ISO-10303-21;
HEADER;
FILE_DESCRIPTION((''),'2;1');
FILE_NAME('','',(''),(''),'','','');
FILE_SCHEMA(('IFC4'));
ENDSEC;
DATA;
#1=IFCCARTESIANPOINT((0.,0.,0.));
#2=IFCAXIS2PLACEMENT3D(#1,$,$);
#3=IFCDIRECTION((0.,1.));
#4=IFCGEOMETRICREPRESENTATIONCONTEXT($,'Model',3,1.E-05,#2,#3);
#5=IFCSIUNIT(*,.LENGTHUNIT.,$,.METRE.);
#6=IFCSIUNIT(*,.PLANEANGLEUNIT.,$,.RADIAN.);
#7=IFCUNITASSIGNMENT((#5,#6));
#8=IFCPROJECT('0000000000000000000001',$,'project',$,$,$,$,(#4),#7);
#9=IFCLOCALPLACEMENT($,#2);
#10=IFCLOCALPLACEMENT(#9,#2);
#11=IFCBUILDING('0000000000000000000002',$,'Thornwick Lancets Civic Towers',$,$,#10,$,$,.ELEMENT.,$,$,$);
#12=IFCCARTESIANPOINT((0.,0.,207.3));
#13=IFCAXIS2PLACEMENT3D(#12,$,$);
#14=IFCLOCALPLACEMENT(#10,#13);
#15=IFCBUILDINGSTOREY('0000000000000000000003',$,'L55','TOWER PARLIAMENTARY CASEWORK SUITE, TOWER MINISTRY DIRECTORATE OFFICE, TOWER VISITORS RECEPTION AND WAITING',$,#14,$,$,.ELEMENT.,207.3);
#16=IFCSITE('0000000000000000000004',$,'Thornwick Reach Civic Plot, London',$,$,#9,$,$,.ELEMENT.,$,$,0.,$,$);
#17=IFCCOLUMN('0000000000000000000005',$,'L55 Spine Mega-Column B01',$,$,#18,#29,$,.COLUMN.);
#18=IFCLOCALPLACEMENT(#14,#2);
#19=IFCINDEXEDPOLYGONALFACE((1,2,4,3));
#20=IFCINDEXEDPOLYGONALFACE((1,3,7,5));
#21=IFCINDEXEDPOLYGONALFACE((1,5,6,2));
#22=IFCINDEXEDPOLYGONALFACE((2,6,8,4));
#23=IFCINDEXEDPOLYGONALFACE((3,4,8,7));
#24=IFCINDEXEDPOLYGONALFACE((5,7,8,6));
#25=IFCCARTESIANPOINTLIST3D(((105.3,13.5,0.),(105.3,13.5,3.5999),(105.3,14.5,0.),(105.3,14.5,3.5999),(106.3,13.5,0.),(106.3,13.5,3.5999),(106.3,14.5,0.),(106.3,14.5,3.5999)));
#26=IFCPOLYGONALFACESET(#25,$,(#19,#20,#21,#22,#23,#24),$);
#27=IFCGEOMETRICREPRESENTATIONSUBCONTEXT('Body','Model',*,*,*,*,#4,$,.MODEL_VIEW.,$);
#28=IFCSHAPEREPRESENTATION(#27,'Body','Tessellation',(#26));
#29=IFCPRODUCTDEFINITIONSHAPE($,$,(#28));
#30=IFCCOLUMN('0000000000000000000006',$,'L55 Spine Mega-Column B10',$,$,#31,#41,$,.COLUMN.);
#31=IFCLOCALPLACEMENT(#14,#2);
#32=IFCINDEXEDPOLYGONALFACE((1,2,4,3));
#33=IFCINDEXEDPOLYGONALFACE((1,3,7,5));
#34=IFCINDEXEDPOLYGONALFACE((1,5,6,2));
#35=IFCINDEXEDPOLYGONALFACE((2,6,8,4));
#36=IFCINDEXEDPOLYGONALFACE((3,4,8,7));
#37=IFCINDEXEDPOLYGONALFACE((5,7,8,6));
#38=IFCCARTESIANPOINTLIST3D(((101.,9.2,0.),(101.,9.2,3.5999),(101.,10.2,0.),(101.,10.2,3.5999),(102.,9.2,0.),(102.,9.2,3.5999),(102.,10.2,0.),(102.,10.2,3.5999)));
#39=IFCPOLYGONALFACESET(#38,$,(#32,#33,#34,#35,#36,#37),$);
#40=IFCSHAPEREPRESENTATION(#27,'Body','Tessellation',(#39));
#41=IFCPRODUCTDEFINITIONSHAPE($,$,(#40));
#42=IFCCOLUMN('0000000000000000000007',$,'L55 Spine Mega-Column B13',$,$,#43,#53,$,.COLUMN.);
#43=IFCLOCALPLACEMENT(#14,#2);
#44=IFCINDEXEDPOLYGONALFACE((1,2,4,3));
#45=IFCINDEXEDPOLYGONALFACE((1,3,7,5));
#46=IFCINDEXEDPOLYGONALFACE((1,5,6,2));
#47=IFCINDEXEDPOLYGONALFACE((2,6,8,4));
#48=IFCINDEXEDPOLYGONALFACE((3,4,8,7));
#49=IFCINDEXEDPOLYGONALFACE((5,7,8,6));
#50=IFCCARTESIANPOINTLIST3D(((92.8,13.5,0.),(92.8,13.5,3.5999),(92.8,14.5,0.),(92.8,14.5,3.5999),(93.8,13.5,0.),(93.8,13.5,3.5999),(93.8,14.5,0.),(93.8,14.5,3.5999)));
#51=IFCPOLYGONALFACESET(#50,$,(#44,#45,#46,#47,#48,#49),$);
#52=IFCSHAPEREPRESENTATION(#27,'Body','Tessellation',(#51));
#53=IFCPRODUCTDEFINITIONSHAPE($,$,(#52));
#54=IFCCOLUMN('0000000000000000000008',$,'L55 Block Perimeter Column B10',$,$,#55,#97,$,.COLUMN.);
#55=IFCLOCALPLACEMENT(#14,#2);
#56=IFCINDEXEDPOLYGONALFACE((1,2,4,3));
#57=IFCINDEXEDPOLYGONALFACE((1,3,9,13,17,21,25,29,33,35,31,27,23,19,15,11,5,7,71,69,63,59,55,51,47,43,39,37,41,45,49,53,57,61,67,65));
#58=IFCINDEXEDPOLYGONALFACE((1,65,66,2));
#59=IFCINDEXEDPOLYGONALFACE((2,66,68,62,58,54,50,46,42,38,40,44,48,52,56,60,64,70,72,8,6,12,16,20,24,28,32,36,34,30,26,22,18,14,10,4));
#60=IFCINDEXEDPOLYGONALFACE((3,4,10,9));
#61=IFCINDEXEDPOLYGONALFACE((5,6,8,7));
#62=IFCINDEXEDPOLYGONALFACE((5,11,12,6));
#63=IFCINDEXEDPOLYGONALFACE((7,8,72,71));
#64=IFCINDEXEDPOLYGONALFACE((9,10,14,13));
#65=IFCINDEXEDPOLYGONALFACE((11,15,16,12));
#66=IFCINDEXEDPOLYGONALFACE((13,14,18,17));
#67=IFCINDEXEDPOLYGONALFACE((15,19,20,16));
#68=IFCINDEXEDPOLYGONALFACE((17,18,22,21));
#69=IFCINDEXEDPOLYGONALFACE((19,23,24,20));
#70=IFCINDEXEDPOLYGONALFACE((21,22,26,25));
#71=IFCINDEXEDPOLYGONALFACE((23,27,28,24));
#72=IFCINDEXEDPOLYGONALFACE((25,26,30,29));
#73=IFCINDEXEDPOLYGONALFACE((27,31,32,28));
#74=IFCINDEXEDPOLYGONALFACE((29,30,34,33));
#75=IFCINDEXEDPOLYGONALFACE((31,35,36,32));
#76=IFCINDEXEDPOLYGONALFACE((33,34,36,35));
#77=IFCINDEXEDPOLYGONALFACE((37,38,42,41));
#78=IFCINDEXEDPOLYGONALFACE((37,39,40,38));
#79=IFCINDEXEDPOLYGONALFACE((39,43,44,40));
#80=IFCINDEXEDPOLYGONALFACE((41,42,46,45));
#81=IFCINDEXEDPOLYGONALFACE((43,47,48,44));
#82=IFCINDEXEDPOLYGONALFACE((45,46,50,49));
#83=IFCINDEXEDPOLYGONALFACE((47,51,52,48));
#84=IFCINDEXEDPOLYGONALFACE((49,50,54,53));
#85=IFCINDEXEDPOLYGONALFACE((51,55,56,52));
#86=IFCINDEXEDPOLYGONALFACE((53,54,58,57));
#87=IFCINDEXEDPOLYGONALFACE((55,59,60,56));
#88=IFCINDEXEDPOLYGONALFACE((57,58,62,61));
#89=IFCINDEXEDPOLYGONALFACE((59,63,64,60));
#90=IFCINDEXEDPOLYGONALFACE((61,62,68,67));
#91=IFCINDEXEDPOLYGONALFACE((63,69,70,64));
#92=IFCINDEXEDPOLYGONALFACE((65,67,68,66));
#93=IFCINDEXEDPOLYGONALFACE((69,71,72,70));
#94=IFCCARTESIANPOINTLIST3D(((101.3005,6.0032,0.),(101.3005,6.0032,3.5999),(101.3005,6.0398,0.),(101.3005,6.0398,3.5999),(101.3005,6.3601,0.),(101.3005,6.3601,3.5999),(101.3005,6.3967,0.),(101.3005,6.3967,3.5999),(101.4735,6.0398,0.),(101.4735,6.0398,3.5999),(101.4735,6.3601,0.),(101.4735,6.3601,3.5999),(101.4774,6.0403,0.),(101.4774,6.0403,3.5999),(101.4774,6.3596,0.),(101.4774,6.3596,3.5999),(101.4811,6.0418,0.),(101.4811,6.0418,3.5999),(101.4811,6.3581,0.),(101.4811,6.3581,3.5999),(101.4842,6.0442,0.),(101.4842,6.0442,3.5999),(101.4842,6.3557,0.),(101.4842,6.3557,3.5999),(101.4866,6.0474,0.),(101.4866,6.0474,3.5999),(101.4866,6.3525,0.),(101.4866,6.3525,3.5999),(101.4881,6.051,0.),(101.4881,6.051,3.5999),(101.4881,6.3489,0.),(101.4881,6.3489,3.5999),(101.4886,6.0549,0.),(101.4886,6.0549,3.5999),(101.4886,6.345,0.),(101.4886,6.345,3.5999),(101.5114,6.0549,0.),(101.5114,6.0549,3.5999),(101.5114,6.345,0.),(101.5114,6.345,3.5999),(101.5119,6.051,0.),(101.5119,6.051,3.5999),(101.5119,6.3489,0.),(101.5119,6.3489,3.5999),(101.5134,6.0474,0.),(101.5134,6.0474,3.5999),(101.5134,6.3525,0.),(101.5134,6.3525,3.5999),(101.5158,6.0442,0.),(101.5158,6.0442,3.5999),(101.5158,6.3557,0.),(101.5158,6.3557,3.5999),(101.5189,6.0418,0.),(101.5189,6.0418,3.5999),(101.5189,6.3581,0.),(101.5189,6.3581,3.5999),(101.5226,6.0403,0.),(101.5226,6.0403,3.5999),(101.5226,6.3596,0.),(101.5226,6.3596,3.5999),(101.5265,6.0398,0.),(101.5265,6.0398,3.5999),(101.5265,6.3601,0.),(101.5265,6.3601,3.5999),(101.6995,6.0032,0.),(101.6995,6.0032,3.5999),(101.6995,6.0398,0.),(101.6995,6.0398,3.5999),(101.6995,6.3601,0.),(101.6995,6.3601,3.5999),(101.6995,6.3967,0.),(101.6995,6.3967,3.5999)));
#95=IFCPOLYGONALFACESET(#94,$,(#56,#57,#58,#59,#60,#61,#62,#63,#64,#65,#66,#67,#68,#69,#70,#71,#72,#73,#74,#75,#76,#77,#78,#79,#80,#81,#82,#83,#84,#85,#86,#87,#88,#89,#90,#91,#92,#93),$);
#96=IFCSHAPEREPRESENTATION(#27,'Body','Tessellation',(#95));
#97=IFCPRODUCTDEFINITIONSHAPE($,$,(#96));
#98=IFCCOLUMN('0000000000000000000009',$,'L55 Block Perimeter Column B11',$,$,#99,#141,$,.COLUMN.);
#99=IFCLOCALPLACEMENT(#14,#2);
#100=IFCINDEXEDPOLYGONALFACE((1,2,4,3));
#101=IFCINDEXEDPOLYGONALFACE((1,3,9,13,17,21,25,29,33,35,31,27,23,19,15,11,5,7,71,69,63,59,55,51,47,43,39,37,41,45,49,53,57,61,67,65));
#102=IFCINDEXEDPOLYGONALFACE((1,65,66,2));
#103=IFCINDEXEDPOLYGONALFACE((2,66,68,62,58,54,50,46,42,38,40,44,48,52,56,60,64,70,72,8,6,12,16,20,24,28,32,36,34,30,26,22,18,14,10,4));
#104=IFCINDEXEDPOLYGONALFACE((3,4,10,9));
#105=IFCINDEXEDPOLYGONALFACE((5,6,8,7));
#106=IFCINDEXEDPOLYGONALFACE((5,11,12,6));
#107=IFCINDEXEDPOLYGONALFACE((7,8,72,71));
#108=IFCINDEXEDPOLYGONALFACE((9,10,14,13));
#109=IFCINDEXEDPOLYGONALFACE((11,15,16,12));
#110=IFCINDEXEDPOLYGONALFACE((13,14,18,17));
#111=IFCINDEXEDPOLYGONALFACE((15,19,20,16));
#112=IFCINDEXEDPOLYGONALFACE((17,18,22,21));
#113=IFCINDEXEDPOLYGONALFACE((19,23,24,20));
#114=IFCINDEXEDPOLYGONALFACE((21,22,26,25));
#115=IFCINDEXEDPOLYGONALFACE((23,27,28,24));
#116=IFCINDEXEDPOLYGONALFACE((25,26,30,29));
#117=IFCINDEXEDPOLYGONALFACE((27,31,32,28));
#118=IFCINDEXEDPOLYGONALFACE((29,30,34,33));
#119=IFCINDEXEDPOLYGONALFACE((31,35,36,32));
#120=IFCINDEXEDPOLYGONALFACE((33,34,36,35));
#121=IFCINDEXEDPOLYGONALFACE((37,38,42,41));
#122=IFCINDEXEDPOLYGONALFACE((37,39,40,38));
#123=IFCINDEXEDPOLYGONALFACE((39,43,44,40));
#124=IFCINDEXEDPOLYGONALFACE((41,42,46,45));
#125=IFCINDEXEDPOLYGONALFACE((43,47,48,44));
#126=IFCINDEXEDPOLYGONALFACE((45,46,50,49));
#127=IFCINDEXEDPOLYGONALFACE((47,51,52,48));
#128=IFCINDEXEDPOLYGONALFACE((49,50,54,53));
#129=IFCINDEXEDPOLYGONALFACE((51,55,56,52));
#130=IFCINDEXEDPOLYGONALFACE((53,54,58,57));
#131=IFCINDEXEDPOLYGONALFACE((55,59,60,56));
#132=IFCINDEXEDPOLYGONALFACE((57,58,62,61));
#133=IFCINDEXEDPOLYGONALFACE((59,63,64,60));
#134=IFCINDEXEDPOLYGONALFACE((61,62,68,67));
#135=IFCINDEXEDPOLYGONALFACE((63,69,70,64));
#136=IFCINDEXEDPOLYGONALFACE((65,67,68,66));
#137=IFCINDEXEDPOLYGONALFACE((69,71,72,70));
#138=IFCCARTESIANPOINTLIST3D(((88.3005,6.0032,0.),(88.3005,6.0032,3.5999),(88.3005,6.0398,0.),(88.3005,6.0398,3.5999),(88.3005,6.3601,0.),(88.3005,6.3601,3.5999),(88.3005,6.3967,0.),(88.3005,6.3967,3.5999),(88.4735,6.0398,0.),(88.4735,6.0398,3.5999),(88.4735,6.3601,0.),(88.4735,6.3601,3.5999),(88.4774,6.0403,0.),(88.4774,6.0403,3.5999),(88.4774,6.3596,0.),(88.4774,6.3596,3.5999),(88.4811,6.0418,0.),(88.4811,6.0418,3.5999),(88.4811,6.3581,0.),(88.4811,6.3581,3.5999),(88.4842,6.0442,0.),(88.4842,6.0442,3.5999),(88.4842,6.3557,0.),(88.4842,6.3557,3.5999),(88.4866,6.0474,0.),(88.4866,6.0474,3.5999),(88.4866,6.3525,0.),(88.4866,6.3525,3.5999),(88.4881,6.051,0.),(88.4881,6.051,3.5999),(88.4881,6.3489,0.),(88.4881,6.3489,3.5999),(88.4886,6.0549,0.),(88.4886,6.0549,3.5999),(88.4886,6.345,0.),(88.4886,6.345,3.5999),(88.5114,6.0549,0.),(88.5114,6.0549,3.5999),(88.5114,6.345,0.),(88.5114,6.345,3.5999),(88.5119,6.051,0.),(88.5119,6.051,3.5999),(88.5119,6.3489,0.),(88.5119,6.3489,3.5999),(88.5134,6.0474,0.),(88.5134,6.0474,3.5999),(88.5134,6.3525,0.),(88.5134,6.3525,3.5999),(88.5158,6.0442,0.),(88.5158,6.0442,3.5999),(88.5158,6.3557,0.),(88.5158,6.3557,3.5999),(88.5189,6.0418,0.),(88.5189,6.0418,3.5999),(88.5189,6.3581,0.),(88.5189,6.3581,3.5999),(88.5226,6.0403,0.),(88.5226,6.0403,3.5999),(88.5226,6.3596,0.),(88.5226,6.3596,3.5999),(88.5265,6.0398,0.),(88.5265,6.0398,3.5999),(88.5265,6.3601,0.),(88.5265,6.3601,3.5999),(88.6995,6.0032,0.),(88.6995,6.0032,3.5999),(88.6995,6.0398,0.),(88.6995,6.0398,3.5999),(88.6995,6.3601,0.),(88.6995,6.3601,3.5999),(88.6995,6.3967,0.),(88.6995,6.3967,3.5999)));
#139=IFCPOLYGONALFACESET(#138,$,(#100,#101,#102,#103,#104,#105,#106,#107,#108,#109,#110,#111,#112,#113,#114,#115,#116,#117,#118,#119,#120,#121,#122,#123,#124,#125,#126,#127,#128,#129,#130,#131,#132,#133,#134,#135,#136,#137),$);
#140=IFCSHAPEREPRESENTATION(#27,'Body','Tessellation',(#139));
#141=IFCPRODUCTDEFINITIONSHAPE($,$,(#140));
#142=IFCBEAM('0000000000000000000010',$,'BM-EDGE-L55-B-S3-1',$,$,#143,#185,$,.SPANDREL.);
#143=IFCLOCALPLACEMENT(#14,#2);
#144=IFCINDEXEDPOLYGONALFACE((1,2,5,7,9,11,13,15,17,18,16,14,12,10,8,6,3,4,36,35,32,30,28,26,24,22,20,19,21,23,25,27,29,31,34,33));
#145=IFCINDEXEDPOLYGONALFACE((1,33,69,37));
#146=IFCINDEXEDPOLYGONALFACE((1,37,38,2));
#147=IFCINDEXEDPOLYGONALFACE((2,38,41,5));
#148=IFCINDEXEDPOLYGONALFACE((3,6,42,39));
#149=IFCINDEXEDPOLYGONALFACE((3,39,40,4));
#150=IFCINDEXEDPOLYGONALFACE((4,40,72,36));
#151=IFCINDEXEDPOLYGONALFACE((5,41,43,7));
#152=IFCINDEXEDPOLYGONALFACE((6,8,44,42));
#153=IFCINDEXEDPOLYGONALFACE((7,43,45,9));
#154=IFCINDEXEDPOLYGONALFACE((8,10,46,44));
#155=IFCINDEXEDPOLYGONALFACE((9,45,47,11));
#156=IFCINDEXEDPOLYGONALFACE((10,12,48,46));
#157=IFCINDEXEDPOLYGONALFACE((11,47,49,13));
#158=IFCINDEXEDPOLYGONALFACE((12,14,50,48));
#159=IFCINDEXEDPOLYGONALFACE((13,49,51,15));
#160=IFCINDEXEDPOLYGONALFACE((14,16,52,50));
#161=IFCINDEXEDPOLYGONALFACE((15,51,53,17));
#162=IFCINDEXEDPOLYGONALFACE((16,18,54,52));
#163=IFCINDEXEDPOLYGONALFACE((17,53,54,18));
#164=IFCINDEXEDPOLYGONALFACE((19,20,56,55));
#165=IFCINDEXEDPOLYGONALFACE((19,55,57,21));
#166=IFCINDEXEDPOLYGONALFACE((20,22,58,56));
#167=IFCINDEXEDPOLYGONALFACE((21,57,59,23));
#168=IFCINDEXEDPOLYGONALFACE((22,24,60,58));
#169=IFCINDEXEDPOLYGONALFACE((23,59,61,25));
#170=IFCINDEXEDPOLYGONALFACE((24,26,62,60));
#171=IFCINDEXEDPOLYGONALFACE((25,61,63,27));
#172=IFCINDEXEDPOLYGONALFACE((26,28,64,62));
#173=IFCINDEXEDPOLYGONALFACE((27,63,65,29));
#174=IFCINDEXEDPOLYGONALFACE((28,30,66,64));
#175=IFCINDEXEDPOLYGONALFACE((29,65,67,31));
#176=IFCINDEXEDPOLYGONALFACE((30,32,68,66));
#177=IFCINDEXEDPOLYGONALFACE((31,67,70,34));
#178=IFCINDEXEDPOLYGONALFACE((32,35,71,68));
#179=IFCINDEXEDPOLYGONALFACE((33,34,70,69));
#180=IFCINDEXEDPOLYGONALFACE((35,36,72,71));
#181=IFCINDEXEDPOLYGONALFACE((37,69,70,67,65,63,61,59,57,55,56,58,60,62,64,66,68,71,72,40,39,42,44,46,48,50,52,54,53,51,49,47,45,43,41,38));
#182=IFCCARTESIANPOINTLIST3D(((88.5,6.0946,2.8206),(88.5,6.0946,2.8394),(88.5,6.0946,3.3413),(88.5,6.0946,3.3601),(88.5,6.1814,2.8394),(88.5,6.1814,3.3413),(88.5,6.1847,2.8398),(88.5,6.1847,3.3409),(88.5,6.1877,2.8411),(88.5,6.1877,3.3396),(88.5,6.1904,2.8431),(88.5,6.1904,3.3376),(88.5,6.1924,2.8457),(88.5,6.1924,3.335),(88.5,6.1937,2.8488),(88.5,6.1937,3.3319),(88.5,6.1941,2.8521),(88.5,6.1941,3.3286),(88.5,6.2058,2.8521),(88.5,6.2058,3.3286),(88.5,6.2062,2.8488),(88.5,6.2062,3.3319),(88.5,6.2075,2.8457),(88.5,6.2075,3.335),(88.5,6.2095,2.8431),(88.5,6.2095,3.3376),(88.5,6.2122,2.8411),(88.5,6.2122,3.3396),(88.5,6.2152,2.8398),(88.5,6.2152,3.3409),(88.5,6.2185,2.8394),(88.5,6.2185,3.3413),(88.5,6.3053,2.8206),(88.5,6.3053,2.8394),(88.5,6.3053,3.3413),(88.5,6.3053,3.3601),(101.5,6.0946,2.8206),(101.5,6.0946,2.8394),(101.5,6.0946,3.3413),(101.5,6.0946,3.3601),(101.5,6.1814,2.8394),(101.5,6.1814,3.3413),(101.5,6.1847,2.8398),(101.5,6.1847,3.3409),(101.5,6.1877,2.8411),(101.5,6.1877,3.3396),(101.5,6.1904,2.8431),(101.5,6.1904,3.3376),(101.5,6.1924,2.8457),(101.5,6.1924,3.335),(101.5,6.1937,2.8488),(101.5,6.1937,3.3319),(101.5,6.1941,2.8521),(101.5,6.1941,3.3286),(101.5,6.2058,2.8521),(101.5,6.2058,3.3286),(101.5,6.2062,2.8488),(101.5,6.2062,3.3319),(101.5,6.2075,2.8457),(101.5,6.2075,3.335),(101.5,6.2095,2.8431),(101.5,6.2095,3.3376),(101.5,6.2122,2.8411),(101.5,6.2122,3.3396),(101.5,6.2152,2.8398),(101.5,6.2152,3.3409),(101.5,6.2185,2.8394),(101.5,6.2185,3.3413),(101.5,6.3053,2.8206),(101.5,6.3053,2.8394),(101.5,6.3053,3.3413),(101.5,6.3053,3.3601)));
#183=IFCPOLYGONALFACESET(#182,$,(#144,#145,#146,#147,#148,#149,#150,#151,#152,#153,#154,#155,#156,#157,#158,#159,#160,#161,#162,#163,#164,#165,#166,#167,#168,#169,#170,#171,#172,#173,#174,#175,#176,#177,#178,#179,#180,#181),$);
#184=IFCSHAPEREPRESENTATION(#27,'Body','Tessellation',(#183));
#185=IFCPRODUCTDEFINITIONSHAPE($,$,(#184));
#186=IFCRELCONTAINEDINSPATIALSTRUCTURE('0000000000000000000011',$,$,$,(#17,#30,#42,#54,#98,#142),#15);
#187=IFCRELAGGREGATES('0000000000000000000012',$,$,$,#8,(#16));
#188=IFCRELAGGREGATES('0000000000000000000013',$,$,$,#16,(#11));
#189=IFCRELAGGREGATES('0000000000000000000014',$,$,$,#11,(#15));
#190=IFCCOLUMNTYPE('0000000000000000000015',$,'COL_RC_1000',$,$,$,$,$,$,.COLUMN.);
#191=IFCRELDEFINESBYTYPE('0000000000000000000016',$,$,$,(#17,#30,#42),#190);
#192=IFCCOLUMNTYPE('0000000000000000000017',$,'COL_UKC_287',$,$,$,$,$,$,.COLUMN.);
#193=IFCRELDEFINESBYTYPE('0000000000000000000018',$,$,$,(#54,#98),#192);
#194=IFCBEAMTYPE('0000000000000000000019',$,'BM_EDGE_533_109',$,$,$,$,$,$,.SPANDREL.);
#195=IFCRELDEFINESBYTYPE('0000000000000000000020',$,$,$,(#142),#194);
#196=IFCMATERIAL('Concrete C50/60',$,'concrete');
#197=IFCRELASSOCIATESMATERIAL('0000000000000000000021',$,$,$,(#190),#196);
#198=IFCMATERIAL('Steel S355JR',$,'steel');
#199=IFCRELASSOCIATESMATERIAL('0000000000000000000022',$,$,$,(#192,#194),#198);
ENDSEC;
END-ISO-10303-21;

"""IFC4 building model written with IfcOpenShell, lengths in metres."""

from ifc_helpers import new_model, si_unit, direction, frame, origin, origin_2d, place, context, subcontext, project, spatial, rectangle, i_section, extrude, material, material_profile, profile_set, type_object, element, save


model = new_model("IFC4")

# Units and contexts
model_context = context("Model", 3, precision=1e-05, world=origin(), true_north=direction((0.0, 1.0)))
body_context = subcontext(model_context, "Body", "Model", "MODEL_VIEW")
ifc_project = project(units=[si_unit("LENGTHUNIT", "METRE"), si_unit("PLANEANGLEUNIT", "RADIAN")], contexts=[model_context])

# Site, building, storey
site_placement = place(None, origin())
site = spatial("IfcSite", under=ifc_project, at=site_placement, Name="Thornwick Reach Civic Plot, London", CompositionType="ELEMENT", RefElevation=0.0)
building_placement = place(site_placement, origin())
building = spatial("IfcBuilding", under=site, at=building_placement, Name="Thornwick Lancets Civic Towers", CompositionType="ELEMENT")
storey_placement = place(building_placement, frame((0.0, 0.0, 207.3)))
storey = spatial("IfcBuildingStorey", under=building, at=storey_placement, Name="L55", Description="TOWER PARLIAMENTARY CASEWORK SUITE, TOWER MINISTRY DIRECTORATE OFFICE, TOWER VISITORS RECEPTION AND WAITING", CompositionType="ELEMENT", Elevation=207.3)

# Columns
ifc_material_1 = material(Name="Concrete C50/60", Category="concrete")
ifc_material_profile_1 = material_profile(ifc_material_1, rectangle(XDim=1.0, YDim=1.0, at=origin_2d()), Name="RC 1000x1000")
ifc_profile_set_1 = profile_set([ifc_material_profile_1], Name="Concrete C50/60")
column_type_1 = type_object("IfcColumnType", Name="COL_RC_1000", PredefinedType="COLUMN", material=ifc_profile_set_1)
for number, where, z_axis, x_axis, name in (
    (1, (105.8, 14.0, 0.0), (0.0, 0.0, 1.0), (1.0, 0.0, 0.0), "L55 Spine Mega-Column B01"),
    (2, (101.5, 9.7, 0.0), (0.0, 0.0, 1.0), (1.0, 0.0, 0.0), "L55 Spine Mega-Column B10"),
    (3, (93.3, 14.0, 0.0), (0.0, 0.0, 1.0), (1.0, 0.0, 0.0), "L55 Spine Mega-Column B13"),
):
    element("IfcColumn", number, at=place(storey_placement, frame(where, z_axis=z_axis, x_axis=x_axis)), inside=storey, type_object=column_type_1, Name=name, PredefinedType="COLUMN", context=body_context, shape_type="SweptSolid", body=[
        extrude(rectangle(XDim=1.0, YDim=1.0, at=origin_2d()), origin(), (0.0, 0.0, 1.0), 3.5999),
    ])
ifc_material_2 = material(Name="Steel S355JR", Category="steel")
ifc_material_profile_2 = material_profile(ifc_material_2, i_section(OverallWidth=0.3989, OverallDepth=0.3936, WebThickness=0.0227, FlangeThickness=0.0366, FilletRadius=0.0151, at=origin_2d()), Name="UKC 356x406x287")
ifc_profile_set_2 = profile_set([ifc_material_profile_2], Name="Steel S355JR")
column_type_2 = type_object("IfcColumnType", Name="COL_UKC_287", PredefinedType="COLUMN", material=ifc_profile_set_2)
for number, where, z_axis, x_axis, name in (
    (4, (101.5, 6.2, 0.0), (0.0, 0.0, 1.0), (1.0, 0.0, 0.0), "L55 Block Perimeter Column B10"),
    (5, (88.5, 6.2, 0.0), (0.0, 0.0, 1.0), (1.0, 0.0, 0.0), "L55 Block Perimeter Column B11"),
):
    element("IfcColumn", number, at=place(storey_placement, frame(where, z_axis=z_axis, x_axis=x_axis)), inside=storey, type_object=column_type_2, Name=name, PredefinedType="COLUMN", context=body_context, shape_type="SweptSolid", body=[
        extrude(i_section(OverallWidth=0.3989, OverallDepth=0.3936, WebThickness=0.0227, FlangeThickness=0.0366, FilletRadius=0.0151, at=origin_2d()), origin(), (0.0, 0.0, 1.0), 3.5999),
    ])

# Beam
ifc_material_profile_3 = material_profile(ifc_material_2, i_section(OverallWidth=0.2107, OverallDepth=0.5396, WebThickness=0.0117, FlangeThickness=0.0188, FilletRadius=0.0127, at=origin_2d()), Name="UKB 533x210x109")
ifc_profile_set_3 = profile_set([ifc_material_profile_3], Name="Steel S355JR")
beam_type_1 = type_object("IfcBeamType", Name="BM_EDGE_533_109", PredefinedType="SPANDREL", material=ifc_profile_set_3)
beam_1_placement = place(storey_placement, frame((101.5, 6.2, 3.0903), z_axis=(-1.0, 0.0, 0.0), x_axis=(0.0, -1.0, 0.0)))
element("IfcBeam", 6, at=beam_1_placement, inside=storey, type_object=beam_type_1, Name="BM-EDGE-L55-B-S3-1", PredefinedType="SPANDREL", context=body_context, shape_type="SweptSolid", body=[
    extrude(i_section(OverallWidth=0.2107, OverallDepth=0.5396, WebThickness=0.0117, FlangeThickness=0.0188, FilletRadius=0.0127, at=origin_2d()), origin(), (0.0, 0.0, 1.0), 13.0),
])

save(model, "model.ifc")
